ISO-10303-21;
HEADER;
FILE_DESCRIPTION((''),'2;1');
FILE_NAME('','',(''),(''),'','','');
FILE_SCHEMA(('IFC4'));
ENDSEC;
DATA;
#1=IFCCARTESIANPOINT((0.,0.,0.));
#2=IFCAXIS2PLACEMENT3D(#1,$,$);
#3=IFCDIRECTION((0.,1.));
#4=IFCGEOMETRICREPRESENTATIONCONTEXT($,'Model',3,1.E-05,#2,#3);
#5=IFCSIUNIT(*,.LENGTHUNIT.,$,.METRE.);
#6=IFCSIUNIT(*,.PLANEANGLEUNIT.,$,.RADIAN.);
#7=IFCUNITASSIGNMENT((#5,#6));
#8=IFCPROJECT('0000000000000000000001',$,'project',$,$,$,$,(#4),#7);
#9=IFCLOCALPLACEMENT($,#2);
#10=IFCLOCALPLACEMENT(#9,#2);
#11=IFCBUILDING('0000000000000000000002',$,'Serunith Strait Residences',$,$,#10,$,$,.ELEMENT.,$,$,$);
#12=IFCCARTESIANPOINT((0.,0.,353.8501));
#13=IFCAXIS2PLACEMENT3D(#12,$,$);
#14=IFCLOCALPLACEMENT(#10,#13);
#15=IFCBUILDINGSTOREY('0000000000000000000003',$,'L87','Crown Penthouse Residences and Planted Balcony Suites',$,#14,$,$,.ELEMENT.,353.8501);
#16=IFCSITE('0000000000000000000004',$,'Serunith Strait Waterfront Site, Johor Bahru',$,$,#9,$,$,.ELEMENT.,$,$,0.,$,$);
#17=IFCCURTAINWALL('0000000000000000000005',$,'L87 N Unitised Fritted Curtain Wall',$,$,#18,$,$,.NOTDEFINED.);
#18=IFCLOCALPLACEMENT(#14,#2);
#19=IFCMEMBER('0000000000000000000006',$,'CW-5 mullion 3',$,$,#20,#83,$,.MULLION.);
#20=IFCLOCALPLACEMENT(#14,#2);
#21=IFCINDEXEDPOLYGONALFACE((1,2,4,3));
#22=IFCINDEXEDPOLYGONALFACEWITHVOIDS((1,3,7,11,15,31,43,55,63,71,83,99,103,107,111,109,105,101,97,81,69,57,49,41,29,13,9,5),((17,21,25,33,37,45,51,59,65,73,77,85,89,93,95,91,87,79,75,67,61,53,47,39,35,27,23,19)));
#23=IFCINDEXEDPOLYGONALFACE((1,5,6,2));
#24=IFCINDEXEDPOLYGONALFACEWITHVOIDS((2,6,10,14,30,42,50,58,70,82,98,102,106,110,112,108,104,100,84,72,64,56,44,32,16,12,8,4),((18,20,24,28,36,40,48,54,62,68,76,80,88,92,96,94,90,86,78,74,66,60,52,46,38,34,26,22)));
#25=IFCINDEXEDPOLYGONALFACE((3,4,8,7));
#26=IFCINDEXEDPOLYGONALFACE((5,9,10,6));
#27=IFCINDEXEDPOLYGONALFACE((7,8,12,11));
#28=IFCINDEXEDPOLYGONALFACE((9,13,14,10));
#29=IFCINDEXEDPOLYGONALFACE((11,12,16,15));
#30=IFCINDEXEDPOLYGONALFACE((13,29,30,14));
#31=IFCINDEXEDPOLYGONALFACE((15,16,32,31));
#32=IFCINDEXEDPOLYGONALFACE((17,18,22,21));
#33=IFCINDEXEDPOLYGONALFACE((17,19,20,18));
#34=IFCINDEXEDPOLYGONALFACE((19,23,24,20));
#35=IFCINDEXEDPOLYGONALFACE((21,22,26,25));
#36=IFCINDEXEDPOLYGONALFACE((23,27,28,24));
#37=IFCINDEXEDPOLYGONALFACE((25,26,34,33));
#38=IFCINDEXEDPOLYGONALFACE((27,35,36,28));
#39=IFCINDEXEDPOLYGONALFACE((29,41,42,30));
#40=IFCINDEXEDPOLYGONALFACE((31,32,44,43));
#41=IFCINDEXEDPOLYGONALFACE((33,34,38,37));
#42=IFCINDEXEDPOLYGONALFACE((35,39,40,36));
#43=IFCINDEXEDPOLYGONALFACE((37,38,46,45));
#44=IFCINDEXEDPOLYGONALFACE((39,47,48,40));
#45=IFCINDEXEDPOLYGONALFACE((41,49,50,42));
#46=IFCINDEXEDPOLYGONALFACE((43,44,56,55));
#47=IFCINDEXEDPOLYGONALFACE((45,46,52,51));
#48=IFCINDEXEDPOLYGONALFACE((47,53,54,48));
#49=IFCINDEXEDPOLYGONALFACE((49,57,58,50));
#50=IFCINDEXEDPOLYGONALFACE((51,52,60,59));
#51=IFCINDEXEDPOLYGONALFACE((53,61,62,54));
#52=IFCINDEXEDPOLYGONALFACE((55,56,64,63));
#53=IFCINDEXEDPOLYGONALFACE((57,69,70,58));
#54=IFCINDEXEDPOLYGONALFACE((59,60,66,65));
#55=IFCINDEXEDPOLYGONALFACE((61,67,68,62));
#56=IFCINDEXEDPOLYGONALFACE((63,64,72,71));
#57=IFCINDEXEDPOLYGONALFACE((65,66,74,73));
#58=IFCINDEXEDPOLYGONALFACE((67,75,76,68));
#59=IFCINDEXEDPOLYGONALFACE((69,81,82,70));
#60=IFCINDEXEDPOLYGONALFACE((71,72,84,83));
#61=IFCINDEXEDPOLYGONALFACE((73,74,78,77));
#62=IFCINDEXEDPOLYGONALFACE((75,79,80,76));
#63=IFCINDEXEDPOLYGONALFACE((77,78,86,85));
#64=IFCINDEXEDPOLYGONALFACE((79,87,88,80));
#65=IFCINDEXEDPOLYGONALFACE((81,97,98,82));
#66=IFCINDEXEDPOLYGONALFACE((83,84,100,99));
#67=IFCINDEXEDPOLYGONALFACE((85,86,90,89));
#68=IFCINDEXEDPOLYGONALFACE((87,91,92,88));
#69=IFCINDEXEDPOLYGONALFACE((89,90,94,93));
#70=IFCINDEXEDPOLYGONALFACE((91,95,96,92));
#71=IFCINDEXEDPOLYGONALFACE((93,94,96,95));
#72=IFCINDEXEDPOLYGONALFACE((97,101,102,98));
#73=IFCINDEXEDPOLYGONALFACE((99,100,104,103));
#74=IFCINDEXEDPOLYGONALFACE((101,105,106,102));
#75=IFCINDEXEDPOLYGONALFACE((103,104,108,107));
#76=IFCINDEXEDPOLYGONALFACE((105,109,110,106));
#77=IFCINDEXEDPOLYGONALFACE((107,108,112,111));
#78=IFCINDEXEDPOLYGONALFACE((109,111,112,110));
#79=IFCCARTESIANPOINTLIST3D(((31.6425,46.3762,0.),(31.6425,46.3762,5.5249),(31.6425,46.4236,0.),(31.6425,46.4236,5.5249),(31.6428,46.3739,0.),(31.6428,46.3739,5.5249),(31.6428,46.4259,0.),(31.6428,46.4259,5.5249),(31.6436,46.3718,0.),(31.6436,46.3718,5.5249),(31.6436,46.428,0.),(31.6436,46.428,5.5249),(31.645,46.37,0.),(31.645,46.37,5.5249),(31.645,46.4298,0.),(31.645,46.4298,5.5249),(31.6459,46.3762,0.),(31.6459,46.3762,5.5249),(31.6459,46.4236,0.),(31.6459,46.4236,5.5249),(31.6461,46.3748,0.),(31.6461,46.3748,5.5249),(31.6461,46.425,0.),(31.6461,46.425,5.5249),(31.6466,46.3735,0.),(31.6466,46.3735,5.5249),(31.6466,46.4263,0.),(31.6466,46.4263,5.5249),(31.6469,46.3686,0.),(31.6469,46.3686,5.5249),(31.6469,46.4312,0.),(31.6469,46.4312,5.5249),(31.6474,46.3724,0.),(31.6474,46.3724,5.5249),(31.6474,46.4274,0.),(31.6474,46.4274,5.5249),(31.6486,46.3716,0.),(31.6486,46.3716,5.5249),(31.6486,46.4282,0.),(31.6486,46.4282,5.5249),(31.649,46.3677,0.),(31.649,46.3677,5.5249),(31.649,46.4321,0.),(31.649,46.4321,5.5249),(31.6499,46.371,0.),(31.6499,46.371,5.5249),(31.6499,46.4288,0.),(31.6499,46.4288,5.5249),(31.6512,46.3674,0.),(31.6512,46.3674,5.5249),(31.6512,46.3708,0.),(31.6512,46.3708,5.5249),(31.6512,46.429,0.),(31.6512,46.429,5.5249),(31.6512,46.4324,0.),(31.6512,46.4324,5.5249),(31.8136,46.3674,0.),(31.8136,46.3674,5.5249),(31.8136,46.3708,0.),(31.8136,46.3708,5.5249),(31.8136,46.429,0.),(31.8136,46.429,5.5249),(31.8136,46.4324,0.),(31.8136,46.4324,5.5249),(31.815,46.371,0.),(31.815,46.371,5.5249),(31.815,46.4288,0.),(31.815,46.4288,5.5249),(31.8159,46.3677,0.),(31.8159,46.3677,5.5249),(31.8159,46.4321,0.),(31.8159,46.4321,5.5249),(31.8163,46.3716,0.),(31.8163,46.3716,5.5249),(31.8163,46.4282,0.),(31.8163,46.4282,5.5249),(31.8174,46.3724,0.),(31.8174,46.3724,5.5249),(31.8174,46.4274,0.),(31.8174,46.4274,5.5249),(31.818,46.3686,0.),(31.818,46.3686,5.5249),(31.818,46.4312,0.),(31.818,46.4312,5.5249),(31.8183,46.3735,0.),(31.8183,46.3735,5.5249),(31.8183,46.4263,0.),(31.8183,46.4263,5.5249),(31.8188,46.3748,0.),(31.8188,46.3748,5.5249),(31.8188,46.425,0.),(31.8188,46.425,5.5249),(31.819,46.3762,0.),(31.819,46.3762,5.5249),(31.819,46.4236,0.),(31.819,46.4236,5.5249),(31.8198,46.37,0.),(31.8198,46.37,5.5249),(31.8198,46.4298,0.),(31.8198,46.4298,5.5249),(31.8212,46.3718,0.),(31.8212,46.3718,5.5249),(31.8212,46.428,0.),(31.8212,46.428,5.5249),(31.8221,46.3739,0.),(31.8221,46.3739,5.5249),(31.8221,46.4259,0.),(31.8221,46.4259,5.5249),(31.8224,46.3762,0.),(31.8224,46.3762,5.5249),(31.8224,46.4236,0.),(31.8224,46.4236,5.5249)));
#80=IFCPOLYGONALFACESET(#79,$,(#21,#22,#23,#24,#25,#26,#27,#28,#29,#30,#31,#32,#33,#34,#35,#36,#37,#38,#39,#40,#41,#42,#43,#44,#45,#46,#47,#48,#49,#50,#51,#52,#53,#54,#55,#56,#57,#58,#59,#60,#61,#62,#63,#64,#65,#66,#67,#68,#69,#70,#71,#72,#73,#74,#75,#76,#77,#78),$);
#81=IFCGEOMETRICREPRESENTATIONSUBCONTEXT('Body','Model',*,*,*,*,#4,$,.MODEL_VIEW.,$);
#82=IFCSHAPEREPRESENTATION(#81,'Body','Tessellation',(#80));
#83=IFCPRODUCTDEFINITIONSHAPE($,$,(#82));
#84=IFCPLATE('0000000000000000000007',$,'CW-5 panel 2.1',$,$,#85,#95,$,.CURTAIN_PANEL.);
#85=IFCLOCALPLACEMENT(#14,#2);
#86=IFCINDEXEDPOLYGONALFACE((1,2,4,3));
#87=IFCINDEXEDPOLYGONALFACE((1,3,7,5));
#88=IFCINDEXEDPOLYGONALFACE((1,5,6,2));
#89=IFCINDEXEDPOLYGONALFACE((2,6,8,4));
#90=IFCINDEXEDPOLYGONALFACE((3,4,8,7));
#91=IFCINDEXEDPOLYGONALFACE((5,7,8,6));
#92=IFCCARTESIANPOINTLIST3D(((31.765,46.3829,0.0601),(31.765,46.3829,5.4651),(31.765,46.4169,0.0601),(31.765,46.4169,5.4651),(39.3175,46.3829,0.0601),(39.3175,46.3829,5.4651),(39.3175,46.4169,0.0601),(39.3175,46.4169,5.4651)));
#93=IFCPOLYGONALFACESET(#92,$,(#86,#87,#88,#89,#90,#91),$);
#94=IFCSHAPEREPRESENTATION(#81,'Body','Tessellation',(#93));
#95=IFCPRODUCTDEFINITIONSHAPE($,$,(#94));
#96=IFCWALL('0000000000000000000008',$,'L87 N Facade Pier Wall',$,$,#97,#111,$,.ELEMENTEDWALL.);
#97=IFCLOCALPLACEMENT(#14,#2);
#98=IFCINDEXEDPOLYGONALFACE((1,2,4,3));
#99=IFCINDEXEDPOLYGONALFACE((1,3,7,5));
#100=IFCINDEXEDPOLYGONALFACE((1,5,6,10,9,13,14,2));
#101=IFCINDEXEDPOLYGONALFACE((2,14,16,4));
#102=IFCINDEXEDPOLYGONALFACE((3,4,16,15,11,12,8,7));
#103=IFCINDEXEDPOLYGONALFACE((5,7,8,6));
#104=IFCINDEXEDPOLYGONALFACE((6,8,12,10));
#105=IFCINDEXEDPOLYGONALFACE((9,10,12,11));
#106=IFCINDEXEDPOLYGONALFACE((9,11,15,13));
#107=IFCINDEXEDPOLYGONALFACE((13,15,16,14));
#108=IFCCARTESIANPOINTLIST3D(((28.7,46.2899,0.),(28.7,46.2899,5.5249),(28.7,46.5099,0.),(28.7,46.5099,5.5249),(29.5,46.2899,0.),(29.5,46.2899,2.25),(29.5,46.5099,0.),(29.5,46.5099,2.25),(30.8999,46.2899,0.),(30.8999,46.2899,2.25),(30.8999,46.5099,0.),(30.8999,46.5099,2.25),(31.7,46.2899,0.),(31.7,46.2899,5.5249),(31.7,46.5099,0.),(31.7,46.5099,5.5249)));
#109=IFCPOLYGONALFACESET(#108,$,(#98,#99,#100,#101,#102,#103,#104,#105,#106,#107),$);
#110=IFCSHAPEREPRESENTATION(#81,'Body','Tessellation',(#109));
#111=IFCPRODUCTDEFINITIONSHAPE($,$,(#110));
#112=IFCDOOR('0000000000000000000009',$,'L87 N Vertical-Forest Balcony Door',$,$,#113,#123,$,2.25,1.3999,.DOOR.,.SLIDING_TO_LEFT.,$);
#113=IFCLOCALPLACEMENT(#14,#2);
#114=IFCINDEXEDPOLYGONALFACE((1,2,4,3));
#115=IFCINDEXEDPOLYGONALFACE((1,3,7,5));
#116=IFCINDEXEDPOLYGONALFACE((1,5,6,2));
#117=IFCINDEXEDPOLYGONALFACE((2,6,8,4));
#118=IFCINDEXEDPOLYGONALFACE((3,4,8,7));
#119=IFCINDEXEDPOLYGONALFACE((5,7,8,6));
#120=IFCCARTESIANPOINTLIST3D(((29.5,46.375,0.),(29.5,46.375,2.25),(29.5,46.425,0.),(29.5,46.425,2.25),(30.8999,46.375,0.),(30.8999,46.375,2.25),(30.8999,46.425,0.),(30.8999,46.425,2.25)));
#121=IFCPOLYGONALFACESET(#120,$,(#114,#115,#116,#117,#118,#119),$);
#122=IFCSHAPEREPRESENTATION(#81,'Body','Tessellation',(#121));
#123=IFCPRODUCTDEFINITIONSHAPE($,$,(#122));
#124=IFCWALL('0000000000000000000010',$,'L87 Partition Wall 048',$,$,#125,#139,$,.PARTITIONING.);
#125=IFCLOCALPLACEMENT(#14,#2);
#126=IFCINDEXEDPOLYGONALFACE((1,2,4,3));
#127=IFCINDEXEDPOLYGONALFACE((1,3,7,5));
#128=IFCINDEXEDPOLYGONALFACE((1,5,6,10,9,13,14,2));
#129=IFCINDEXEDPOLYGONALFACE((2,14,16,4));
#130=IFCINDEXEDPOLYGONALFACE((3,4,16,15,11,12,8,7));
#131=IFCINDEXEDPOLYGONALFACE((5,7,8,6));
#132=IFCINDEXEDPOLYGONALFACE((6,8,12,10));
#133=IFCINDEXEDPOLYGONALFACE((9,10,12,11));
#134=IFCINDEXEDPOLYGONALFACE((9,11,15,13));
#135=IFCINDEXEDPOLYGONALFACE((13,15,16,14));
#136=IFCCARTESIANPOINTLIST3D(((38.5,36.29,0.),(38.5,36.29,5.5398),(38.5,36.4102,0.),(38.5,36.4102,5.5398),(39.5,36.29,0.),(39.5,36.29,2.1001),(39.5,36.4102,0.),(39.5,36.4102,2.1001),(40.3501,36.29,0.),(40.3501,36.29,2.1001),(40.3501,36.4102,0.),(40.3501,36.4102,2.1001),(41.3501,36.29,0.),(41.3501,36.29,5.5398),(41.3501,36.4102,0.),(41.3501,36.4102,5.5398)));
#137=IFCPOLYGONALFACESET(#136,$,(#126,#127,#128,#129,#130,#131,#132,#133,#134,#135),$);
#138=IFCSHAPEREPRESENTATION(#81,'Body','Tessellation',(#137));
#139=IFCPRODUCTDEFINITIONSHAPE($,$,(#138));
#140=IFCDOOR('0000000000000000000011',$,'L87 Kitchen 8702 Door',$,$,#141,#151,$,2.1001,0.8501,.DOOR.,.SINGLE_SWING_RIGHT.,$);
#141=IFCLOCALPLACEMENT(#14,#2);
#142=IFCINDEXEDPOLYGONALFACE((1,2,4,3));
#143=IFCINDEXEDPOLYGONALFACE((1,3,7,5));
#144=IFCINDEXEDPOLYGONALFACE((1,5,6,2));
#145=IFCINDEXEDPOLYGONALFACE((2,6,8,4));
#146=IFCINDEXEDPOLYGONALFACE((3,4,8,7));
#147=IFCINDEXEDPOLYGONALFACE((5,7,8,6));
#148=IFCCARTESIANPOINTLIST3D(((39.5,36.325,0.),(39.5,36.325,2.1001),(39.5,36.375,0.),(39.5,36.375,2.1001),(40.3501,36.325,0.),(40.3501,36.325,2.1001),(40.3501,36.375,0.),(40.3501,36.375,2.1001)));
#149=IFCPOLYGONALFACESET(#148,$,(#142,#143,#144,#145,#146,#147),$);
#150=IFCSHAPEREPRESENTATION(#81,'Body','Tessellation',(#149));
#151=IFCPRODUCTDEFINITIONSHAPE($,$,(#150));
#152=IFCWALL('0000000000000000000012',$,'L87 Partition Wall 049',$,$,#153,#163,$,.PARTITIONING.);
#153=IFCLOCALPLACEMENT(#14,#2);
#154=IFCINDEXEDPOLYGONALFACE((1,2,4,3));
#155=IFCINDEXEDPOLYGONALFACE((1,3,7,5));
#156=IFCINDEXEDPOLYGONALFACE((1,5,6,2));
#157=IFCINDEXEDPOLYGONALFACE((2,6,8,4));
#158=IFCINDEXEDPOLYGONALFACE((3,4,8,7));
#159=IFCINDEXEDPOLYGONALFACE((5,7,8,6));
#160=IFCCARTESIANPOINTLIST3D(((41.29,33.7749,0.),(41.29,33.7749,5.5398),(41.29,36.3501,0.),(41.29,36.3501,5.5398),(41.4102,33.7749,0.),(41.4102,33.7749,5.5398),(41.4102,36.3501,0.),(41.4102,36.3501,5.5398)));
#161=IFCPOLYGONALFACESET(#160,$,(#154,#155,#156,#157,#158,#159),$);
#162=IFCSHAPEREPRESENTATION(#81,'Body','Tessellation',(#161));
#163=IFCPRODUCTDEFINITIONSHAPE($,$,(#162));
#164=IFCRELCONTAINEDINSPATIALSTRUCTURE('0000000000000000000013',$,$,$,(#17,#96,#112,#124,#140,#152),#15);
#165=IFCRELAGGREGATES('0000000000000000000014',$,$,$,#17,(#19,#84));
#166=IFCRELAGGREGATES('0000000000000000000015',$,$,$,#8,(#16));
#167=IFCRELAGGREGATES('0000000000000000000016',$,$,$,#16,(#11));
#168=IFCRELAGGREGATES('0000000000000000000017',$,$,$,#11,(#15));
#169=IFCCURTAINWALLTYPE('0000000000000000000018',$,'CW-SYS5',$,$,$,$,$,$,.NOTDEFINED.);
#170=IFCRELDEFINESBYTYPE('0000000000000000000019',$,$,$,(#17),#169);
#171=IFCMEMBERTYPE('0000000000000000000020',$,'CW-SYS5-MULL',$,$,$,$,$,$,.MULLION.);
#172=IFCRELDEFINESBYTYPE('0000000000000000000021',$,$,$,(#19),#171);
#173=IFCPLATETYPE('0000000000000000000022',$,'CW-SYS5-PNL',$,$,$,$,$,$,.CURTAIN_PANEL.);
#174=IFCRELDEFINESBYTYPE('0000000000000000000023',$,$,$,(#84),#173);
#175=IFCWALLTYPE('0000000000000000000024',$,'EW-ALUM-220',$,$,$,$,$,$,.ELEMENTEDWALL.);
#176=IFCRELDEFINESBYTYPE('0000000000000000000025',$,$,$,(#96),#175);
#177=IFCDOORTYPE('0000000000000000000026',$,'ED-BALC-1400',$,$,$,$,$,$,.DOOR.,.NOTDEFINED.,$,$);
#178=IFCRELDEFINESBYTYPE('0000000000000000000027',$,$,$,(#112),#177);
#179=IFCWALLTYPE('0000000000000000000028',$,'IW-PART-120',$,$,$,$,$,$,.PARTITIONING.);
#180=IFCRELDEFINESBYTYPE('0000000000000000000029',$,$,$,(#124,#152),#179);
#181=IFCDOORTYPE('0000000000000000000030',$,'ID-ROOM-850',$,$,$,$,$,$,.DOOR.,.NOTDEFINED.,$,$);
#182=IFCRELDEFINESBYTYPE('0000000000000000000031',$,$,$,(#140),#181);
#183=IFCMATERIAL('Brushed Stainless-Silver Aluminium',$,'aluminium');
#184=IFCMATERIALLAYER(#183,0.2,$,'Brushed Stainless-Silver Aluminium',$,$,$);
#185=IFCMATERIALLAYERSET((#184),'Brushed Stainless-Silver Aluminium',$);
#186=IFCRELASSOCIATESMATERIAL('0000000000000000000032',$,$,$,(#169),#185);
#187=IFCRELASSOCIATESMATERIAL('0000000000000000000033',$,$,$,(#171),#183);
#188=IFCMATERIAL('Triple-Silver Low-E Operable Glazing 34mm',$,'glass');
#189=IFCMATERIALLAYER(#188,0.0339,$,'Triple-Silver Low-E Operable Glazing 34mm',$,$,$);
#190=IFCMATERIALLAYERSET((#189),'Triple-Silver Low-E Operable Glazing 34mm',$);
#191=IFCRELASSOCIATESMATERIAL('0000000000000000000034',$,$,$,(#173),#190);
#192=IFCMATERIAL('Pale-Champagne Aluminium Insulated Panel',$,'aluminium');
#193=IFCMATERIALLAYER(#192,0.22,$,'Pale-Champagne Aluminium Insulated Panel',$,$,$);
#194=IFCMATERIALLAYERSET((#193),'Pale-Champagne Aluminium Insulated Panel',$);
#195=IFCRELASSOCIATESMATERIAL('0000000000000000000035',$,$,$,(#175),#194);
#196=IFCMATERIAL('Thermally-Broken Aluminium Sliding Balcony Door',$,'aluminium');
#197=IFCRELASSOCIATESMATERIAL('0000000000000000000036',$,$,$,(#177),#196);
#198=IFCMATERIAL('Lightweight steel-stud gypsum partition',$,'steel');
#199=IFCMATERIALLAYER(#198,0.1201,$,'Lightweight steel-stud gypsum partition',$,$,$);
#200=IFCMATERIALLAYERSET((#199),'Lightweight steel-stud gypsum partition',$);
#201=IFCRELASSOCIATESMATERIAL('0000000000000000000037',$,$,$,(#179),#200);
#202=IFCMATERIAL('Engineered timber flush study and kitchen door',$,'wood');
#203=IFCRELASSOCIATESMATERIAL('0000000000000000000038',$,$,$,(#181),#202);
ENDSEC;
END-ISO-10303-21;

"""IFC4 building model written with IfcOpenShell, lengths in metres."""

from ifc_helpers import new_model, si_unit, direction, frame, frame_2d, origin, origin_2d, place, context, subcontext, project, spatial, rectangle, hollow_rectangle, extrude, source, transform, mapped, material, layer, layer_set, material_profile, profile_set, type_object, element, fill, aggregate, save


model = new_model("IFC4")

# Units and contexts
model_context = context("Model", 3, precision=1e-05, world=origin(), true_north=direction((0.0, 1.0)))
body_context = subcontext(model_context, "Body", "Model", "MODEL_VIEW")
ifc_project = project(units=[si_unit("LENGTHUNIT", "METRE"), si_unit("PLANEANGLEUNIT", "RADIAN")], contexts=[model_context])

# Site, building, storey
site_placement = place(None, origin())
site = spatial("IfcSite", under=ifc_project, at=site_placement, Name="Serunith Strait Waterfront Site, Johor Bahru", CompositionType="ELEMENT", RefElevation=0.0)
building_placement = place(site_placement, origin())
building = spatial("IfcBuilding", under=site, at=building_placement, Name="Serunith Strait Residences", CompositionType="ELEMENT")
storey_placement = place(building_placement, frame((0.0, 0.0, 353.8501)))
storey = spatial("IfcBuildingStorey", under=building, at=storey_placement, Name="L87", Description="Crown Penthouse Residences and Planted Balcony Suites", CompositionType="ELEMENT", Elevation=353.8501)

# Curtain wall, member, plate
ifc_material_1 = material(Name="Brushed Stainless-Silver Aluminium", Category="aluminium")
ifc_layer_1 = layer(ifc_material_1, 0.2, Name="Brushed Stainless-Silver Aluminium")
ifc_layer_set_1 = layer_set([ifc_layer_1], Name="Brushed Stainless-Silver Aluminium")
curtain_wall_type = type_object("IfcCurtainWallType", Name="CW-SYS5", PredefinedType="NOTDEFINED", material=ifc_layer_set_1)
curtain_wall_placement = place(storey_placement, origin())
curtain_wall = element("IfcCurtainWall", 1, at=curtain_wall_placement, inside=storey, type_object=curtain_wall_type, Name="L87 N Unitised Fritted Curtain Wall", PredefinedType="NOTDEFINED")
ifc_material_profile_1 = material_profile(ifc_material_1, hollow_rectangle(XDim=0.0649, YDim=0.1799, WallThickness=0.0034, InnerFilletRadius=0.0054, OuterFilletRadius=0.0088, at=origin_2d()), Name="ALU 180x65x3.5")
ifc_profile_set_1 = profile_set([ifc_material_profile_1], Name="Brushed Stainless-Silver Aluminium")
member_type_1 = type_object("IfcMemberType", Name="CW-SYS5-MULL", PredefinedType="MULLION", material=ifc_profile_set_1)
shared_shape_1 = source(origin(), body_context, "Body", "SweptSolid", [
    extrude(hollow_rectangle(XDim=0.0649, YDim=0.1799, WallThickness=0.0034, InnerFilletRadius=0.0054, OuterFilletRadius=0.0088, at=origin_2d()), origin(), (0.0, 0.0, 1.0), 5.5249),
])
member_1_placement = place(storey_placement, frame((31.7324, 46.3999, 0.0), z_axis=(0.0, 0.0, 1.0), x_axis=(0.0, -1.0, 0.0)))
member_1 = element("IfcMember", 2, at=member_1_placement, type_object=member_type_1, Name="CW-5 mullion 3", PredefinedType="MULLION", context=body_context, shape_type="MappedRepresentation", body=[
    mapped(shared_shape_1, transform((0.0, 0.0, 0.0), scale=1.0)),
])
ifc_material_2 = material(Name="Triple-Silver Low-E Operable Glazing 34mm", Category="glass")
ifc_layer_2 = layer(ifc_material_2, 0.0339, Name="Triple-Silver Low-E Operable Glazing 34mm")
ifc_layer_set_2 = layer_set([ifc_layer_2], Name="Triple-Silver Low-E Operable Glazing 34mm")
plate_type = type_object("IfcPlateType", Name="CW-SYS5-PNL", PredefinedType="CURTAIN_PANEL", material=ifc_layer_set_2)
shared_shape_2 = source(origin(), body_context, "Body", "SweptSolid", [
    extrude(rectangle(XDim=7.5525, YDim=0.0339, at=origin_2d()), origin(), (0.0, 0.0, 1.0), 5.405),
])
plate_placement = place(storey_placement, frame((35.5413, 46.3999, 0.0601), z_axis=(0.0, 0.0, 1.0), x_axis=(-1.0, 0.0, 0.0)))
plate = element("IfcPlate", 3, at=plate_placement, type_object=plate_type, Name="CW-5 panel 2.1", PredefinedType="CURTAIN_PANEL", context=body_context, shape_type="MappedRepresentation", body=[
    mapped(shared_shape_2, transform((0.0, 0.0, 0.0), scale=1.0)),
])
aggregate(curtain_wall, [member_1, plate])

# Walls, openings, doors
ifc_material_3 = material(Name="Pale-Champagne Aluminium Insulated Panel", Category="aluminium")
ifc_layer_3 = layer(ifc_material_3, 0.22, Name="Pale-Champagne Aluminium Insulated Panel")
ifc_layer_set_3 = layer_set([ifc_layer_3], Name="Pale-Champagne Aluminium Insulated Panel")
wall_type_1 = type_object("IfcWallType", Name="EW-ALUM-220", PredefinedType="ELEMENTEDWALL", material=ifc_layer_set_3)
wall_1_placement = place(storey_placement, frame((31.7, 46.3999, 0.0), z_axis=(0.0, 0.0, 1.0), x_axis=(-1.0, 0.0, 0.0)))
wall_1 = element("IfcWall", 4, at=wall_1_placement, inside=storey, type_object=wall_type_1, Name="L87 N Facade Pier Wall", PredefinedType="ELEMENTEDWALL", context=body_context, shape_type="SweptSolid", body=[
    extrude(rectangle(XDim=3.0, YDim=0.22, at=frame_2d((1.5, 0.0))), origin(), (0.0, 0.0, 1.0), 5.5249),
])
opening_1_placement = place(wall_1_placement, frame((0.8, 0.0, 0.0)))
opening_1 = element("IfcOpeningElement", 5, at=opening_1_placement, cuts=wall_1, PredefinedType="OPENING", context=body_context, shape_type="SweptSolid", body=[
    extrude(rectangle(XDim=1.3999, YDim=2.25, at=frame_2d((0.7, 1.125))), frame((0.0, 0.1201, 0.0), z_axis=(0.0, -1.0, 0.0), x_axis=(1.0, 0.0, 0.0)), (0.0, 0.0, 1.0), 0.24),
])
ifc_material_4 = material(Name="Thermally-Broken Aluminium Sliding Balcony Door", Category="aluminium")
door_type_1 = type_object("IfcDoorType", Name="ED-BALC-1400", OperationType="NOTDEFINED", PredefinedType="DOOR", material=ifc_material_4)
shared_shape_3 = source(origin(), body_context, "Body", "SweptSolid", [
    extrude(rectangle(XDim=1.3999, YDim=2.25, at=frame_2d((0.7, 1.125))), frame((0.0, 0.0249, 0.0), z_axis=(0.0, -1.0, 0.0), x_axis=(1.0, 0.0, 0.0)), (0.0, 0.0, 1.0), 0.05),
])
door_1_placement = place(opening_1_placement, origin())
door_1 = element("IfcDoor", 6, at=door_1_placement, inside=storey, type_object=door_type_1, Name="L87 N Vertical-Forest Balcony Door", OperationType="SLIDING_TO_LEFT", OverallHeight=2.25, OverallWidth=1.3999, PredefinedType="DOOR", context=body_context, shape_type="MappedRepresentation", body=[
    mapped(shared_shape_3, transform((0.0, 0.0, 0.0), scale=1.0)),
])
fill(opening_1, door_1)
ifc_material_5 = material(Name="Lightweight steel-stud gypsum partition", Category="steel")
ifc_layer_4 = layer(ifc_material_5, 0.1201, Name="Lightweight steel-stud gypsum partition")
ifc_layer_set_4 = layer_set([ifc_layer_4], Name="Lightweight steel-stud gypsum partition")
wall_type_2 = type_object("IfcWallType", Name="IW-PART-120", PredefinedType="PARTITIONING", material=ifc_layer_set_4)
wall_2_placement = place(storey_placement, frame((38.5, 36.3501, 0.0), z_axis=(0.0, 0.0, 1.0), x_axis=(1.0, 0.0, 0.0)))
wall_2 = element("IfcWall", 7, at=wall_2_placement, inside=storey, type_object=wall_type_2, Name="L87 Partition Wall 048", PredefinedType="PARTITIONING", context=body_context, shape_type="SweptSolid", body=[
    extrude(rectangle(XDim=2.8501, YDim=0.1201, at=frame_2d((1.425, 0.0))), origin(), (0.0, 0.0, 1.0), 5.5398),
])
opening_2_placement = place(wall_2_placement, frame((1.0, 0.0, 0.0)))
opening_2 = element("IfcOpeningElement", 8, at=opening_2_placement, cuts=wall_2, PredefinedType="OPENING", context=body_context, shape_type="SweptSolid", body=[
    extrude(rectangle(XDim=0.8501, YDim=2.1001, at=frame_2d((0.425, 1.05))), frame((0.0, 0.0701, 0.0), z_axis=(0.0, -1.0, 0.0), x_axis=(1.0, 0.0, 0.0)), (0.0, 0.0, 1.0), 0.1401),
])
ifc_material_6 = material(Name="Engineered timber flush study and kitchen door", Category="wood")
door_type_2 = type_object("IfcDoorType", Name="ID-ROOM-850", OperationType="NOTDEFINED", PredefinedType="DOOR", material=ifc_material_6)
shared_shape_4 = source(origin(), body_context, "Body", "SweptSolid", [
    extrude(rectangle(XDim=0.8501, YDim=2.1001, at=frame_2d((0.425, 1.05))), frame((0.0, 0.0249, 0.0), z_axis=(0.0, -1.0, 0.0), x_axis=(1.0, 0.0, 0.0)), (0.0, 0.0, 1.0), 0.05),
])
door_2_placement = place(opening_2_placement, origin())
door_2 = element("IfcDoor", 9, at=door_2_placement, inside=storey, type_object=door_type_2, Name="L87 Kitchen 8702 Door", OperationType="SINGLE_SWING_RIGHT", OverallHeight=2.1001, OverallWidth=0.8501, PredefinedType="DOOR", context=body_context, shape_type="MappedRepresentation", body=[
    mapped(shared_shape_4, transform((0.0, 0.0, 0.0), scale=1.0)),
])
fill(opening_2, door_2)

# Wall
wall_3_placement = place(storey_placement, frame((41.3501, 36.3501, 0.0), z_axis=(0.0, 0.0, 1.0), x_axis=(0.0, -1.0, 0.0)))
element("IfcWall", 10, at=wall_3_placement, inside=storey, type_object=wall_type_2, Name="L87 Partition Wall 049", PredefinedType="PARTITIONING", context=body_context, shape_type="SweptSolid", body=[
    extrude(rectangle(XDim=2.5752, YDim=0.1201, at=frame_2d((1.2876, 0.0))), origin(), (0.0, 0.0, 1.0), 5.5398),
])

save(model, "model.ifc")
